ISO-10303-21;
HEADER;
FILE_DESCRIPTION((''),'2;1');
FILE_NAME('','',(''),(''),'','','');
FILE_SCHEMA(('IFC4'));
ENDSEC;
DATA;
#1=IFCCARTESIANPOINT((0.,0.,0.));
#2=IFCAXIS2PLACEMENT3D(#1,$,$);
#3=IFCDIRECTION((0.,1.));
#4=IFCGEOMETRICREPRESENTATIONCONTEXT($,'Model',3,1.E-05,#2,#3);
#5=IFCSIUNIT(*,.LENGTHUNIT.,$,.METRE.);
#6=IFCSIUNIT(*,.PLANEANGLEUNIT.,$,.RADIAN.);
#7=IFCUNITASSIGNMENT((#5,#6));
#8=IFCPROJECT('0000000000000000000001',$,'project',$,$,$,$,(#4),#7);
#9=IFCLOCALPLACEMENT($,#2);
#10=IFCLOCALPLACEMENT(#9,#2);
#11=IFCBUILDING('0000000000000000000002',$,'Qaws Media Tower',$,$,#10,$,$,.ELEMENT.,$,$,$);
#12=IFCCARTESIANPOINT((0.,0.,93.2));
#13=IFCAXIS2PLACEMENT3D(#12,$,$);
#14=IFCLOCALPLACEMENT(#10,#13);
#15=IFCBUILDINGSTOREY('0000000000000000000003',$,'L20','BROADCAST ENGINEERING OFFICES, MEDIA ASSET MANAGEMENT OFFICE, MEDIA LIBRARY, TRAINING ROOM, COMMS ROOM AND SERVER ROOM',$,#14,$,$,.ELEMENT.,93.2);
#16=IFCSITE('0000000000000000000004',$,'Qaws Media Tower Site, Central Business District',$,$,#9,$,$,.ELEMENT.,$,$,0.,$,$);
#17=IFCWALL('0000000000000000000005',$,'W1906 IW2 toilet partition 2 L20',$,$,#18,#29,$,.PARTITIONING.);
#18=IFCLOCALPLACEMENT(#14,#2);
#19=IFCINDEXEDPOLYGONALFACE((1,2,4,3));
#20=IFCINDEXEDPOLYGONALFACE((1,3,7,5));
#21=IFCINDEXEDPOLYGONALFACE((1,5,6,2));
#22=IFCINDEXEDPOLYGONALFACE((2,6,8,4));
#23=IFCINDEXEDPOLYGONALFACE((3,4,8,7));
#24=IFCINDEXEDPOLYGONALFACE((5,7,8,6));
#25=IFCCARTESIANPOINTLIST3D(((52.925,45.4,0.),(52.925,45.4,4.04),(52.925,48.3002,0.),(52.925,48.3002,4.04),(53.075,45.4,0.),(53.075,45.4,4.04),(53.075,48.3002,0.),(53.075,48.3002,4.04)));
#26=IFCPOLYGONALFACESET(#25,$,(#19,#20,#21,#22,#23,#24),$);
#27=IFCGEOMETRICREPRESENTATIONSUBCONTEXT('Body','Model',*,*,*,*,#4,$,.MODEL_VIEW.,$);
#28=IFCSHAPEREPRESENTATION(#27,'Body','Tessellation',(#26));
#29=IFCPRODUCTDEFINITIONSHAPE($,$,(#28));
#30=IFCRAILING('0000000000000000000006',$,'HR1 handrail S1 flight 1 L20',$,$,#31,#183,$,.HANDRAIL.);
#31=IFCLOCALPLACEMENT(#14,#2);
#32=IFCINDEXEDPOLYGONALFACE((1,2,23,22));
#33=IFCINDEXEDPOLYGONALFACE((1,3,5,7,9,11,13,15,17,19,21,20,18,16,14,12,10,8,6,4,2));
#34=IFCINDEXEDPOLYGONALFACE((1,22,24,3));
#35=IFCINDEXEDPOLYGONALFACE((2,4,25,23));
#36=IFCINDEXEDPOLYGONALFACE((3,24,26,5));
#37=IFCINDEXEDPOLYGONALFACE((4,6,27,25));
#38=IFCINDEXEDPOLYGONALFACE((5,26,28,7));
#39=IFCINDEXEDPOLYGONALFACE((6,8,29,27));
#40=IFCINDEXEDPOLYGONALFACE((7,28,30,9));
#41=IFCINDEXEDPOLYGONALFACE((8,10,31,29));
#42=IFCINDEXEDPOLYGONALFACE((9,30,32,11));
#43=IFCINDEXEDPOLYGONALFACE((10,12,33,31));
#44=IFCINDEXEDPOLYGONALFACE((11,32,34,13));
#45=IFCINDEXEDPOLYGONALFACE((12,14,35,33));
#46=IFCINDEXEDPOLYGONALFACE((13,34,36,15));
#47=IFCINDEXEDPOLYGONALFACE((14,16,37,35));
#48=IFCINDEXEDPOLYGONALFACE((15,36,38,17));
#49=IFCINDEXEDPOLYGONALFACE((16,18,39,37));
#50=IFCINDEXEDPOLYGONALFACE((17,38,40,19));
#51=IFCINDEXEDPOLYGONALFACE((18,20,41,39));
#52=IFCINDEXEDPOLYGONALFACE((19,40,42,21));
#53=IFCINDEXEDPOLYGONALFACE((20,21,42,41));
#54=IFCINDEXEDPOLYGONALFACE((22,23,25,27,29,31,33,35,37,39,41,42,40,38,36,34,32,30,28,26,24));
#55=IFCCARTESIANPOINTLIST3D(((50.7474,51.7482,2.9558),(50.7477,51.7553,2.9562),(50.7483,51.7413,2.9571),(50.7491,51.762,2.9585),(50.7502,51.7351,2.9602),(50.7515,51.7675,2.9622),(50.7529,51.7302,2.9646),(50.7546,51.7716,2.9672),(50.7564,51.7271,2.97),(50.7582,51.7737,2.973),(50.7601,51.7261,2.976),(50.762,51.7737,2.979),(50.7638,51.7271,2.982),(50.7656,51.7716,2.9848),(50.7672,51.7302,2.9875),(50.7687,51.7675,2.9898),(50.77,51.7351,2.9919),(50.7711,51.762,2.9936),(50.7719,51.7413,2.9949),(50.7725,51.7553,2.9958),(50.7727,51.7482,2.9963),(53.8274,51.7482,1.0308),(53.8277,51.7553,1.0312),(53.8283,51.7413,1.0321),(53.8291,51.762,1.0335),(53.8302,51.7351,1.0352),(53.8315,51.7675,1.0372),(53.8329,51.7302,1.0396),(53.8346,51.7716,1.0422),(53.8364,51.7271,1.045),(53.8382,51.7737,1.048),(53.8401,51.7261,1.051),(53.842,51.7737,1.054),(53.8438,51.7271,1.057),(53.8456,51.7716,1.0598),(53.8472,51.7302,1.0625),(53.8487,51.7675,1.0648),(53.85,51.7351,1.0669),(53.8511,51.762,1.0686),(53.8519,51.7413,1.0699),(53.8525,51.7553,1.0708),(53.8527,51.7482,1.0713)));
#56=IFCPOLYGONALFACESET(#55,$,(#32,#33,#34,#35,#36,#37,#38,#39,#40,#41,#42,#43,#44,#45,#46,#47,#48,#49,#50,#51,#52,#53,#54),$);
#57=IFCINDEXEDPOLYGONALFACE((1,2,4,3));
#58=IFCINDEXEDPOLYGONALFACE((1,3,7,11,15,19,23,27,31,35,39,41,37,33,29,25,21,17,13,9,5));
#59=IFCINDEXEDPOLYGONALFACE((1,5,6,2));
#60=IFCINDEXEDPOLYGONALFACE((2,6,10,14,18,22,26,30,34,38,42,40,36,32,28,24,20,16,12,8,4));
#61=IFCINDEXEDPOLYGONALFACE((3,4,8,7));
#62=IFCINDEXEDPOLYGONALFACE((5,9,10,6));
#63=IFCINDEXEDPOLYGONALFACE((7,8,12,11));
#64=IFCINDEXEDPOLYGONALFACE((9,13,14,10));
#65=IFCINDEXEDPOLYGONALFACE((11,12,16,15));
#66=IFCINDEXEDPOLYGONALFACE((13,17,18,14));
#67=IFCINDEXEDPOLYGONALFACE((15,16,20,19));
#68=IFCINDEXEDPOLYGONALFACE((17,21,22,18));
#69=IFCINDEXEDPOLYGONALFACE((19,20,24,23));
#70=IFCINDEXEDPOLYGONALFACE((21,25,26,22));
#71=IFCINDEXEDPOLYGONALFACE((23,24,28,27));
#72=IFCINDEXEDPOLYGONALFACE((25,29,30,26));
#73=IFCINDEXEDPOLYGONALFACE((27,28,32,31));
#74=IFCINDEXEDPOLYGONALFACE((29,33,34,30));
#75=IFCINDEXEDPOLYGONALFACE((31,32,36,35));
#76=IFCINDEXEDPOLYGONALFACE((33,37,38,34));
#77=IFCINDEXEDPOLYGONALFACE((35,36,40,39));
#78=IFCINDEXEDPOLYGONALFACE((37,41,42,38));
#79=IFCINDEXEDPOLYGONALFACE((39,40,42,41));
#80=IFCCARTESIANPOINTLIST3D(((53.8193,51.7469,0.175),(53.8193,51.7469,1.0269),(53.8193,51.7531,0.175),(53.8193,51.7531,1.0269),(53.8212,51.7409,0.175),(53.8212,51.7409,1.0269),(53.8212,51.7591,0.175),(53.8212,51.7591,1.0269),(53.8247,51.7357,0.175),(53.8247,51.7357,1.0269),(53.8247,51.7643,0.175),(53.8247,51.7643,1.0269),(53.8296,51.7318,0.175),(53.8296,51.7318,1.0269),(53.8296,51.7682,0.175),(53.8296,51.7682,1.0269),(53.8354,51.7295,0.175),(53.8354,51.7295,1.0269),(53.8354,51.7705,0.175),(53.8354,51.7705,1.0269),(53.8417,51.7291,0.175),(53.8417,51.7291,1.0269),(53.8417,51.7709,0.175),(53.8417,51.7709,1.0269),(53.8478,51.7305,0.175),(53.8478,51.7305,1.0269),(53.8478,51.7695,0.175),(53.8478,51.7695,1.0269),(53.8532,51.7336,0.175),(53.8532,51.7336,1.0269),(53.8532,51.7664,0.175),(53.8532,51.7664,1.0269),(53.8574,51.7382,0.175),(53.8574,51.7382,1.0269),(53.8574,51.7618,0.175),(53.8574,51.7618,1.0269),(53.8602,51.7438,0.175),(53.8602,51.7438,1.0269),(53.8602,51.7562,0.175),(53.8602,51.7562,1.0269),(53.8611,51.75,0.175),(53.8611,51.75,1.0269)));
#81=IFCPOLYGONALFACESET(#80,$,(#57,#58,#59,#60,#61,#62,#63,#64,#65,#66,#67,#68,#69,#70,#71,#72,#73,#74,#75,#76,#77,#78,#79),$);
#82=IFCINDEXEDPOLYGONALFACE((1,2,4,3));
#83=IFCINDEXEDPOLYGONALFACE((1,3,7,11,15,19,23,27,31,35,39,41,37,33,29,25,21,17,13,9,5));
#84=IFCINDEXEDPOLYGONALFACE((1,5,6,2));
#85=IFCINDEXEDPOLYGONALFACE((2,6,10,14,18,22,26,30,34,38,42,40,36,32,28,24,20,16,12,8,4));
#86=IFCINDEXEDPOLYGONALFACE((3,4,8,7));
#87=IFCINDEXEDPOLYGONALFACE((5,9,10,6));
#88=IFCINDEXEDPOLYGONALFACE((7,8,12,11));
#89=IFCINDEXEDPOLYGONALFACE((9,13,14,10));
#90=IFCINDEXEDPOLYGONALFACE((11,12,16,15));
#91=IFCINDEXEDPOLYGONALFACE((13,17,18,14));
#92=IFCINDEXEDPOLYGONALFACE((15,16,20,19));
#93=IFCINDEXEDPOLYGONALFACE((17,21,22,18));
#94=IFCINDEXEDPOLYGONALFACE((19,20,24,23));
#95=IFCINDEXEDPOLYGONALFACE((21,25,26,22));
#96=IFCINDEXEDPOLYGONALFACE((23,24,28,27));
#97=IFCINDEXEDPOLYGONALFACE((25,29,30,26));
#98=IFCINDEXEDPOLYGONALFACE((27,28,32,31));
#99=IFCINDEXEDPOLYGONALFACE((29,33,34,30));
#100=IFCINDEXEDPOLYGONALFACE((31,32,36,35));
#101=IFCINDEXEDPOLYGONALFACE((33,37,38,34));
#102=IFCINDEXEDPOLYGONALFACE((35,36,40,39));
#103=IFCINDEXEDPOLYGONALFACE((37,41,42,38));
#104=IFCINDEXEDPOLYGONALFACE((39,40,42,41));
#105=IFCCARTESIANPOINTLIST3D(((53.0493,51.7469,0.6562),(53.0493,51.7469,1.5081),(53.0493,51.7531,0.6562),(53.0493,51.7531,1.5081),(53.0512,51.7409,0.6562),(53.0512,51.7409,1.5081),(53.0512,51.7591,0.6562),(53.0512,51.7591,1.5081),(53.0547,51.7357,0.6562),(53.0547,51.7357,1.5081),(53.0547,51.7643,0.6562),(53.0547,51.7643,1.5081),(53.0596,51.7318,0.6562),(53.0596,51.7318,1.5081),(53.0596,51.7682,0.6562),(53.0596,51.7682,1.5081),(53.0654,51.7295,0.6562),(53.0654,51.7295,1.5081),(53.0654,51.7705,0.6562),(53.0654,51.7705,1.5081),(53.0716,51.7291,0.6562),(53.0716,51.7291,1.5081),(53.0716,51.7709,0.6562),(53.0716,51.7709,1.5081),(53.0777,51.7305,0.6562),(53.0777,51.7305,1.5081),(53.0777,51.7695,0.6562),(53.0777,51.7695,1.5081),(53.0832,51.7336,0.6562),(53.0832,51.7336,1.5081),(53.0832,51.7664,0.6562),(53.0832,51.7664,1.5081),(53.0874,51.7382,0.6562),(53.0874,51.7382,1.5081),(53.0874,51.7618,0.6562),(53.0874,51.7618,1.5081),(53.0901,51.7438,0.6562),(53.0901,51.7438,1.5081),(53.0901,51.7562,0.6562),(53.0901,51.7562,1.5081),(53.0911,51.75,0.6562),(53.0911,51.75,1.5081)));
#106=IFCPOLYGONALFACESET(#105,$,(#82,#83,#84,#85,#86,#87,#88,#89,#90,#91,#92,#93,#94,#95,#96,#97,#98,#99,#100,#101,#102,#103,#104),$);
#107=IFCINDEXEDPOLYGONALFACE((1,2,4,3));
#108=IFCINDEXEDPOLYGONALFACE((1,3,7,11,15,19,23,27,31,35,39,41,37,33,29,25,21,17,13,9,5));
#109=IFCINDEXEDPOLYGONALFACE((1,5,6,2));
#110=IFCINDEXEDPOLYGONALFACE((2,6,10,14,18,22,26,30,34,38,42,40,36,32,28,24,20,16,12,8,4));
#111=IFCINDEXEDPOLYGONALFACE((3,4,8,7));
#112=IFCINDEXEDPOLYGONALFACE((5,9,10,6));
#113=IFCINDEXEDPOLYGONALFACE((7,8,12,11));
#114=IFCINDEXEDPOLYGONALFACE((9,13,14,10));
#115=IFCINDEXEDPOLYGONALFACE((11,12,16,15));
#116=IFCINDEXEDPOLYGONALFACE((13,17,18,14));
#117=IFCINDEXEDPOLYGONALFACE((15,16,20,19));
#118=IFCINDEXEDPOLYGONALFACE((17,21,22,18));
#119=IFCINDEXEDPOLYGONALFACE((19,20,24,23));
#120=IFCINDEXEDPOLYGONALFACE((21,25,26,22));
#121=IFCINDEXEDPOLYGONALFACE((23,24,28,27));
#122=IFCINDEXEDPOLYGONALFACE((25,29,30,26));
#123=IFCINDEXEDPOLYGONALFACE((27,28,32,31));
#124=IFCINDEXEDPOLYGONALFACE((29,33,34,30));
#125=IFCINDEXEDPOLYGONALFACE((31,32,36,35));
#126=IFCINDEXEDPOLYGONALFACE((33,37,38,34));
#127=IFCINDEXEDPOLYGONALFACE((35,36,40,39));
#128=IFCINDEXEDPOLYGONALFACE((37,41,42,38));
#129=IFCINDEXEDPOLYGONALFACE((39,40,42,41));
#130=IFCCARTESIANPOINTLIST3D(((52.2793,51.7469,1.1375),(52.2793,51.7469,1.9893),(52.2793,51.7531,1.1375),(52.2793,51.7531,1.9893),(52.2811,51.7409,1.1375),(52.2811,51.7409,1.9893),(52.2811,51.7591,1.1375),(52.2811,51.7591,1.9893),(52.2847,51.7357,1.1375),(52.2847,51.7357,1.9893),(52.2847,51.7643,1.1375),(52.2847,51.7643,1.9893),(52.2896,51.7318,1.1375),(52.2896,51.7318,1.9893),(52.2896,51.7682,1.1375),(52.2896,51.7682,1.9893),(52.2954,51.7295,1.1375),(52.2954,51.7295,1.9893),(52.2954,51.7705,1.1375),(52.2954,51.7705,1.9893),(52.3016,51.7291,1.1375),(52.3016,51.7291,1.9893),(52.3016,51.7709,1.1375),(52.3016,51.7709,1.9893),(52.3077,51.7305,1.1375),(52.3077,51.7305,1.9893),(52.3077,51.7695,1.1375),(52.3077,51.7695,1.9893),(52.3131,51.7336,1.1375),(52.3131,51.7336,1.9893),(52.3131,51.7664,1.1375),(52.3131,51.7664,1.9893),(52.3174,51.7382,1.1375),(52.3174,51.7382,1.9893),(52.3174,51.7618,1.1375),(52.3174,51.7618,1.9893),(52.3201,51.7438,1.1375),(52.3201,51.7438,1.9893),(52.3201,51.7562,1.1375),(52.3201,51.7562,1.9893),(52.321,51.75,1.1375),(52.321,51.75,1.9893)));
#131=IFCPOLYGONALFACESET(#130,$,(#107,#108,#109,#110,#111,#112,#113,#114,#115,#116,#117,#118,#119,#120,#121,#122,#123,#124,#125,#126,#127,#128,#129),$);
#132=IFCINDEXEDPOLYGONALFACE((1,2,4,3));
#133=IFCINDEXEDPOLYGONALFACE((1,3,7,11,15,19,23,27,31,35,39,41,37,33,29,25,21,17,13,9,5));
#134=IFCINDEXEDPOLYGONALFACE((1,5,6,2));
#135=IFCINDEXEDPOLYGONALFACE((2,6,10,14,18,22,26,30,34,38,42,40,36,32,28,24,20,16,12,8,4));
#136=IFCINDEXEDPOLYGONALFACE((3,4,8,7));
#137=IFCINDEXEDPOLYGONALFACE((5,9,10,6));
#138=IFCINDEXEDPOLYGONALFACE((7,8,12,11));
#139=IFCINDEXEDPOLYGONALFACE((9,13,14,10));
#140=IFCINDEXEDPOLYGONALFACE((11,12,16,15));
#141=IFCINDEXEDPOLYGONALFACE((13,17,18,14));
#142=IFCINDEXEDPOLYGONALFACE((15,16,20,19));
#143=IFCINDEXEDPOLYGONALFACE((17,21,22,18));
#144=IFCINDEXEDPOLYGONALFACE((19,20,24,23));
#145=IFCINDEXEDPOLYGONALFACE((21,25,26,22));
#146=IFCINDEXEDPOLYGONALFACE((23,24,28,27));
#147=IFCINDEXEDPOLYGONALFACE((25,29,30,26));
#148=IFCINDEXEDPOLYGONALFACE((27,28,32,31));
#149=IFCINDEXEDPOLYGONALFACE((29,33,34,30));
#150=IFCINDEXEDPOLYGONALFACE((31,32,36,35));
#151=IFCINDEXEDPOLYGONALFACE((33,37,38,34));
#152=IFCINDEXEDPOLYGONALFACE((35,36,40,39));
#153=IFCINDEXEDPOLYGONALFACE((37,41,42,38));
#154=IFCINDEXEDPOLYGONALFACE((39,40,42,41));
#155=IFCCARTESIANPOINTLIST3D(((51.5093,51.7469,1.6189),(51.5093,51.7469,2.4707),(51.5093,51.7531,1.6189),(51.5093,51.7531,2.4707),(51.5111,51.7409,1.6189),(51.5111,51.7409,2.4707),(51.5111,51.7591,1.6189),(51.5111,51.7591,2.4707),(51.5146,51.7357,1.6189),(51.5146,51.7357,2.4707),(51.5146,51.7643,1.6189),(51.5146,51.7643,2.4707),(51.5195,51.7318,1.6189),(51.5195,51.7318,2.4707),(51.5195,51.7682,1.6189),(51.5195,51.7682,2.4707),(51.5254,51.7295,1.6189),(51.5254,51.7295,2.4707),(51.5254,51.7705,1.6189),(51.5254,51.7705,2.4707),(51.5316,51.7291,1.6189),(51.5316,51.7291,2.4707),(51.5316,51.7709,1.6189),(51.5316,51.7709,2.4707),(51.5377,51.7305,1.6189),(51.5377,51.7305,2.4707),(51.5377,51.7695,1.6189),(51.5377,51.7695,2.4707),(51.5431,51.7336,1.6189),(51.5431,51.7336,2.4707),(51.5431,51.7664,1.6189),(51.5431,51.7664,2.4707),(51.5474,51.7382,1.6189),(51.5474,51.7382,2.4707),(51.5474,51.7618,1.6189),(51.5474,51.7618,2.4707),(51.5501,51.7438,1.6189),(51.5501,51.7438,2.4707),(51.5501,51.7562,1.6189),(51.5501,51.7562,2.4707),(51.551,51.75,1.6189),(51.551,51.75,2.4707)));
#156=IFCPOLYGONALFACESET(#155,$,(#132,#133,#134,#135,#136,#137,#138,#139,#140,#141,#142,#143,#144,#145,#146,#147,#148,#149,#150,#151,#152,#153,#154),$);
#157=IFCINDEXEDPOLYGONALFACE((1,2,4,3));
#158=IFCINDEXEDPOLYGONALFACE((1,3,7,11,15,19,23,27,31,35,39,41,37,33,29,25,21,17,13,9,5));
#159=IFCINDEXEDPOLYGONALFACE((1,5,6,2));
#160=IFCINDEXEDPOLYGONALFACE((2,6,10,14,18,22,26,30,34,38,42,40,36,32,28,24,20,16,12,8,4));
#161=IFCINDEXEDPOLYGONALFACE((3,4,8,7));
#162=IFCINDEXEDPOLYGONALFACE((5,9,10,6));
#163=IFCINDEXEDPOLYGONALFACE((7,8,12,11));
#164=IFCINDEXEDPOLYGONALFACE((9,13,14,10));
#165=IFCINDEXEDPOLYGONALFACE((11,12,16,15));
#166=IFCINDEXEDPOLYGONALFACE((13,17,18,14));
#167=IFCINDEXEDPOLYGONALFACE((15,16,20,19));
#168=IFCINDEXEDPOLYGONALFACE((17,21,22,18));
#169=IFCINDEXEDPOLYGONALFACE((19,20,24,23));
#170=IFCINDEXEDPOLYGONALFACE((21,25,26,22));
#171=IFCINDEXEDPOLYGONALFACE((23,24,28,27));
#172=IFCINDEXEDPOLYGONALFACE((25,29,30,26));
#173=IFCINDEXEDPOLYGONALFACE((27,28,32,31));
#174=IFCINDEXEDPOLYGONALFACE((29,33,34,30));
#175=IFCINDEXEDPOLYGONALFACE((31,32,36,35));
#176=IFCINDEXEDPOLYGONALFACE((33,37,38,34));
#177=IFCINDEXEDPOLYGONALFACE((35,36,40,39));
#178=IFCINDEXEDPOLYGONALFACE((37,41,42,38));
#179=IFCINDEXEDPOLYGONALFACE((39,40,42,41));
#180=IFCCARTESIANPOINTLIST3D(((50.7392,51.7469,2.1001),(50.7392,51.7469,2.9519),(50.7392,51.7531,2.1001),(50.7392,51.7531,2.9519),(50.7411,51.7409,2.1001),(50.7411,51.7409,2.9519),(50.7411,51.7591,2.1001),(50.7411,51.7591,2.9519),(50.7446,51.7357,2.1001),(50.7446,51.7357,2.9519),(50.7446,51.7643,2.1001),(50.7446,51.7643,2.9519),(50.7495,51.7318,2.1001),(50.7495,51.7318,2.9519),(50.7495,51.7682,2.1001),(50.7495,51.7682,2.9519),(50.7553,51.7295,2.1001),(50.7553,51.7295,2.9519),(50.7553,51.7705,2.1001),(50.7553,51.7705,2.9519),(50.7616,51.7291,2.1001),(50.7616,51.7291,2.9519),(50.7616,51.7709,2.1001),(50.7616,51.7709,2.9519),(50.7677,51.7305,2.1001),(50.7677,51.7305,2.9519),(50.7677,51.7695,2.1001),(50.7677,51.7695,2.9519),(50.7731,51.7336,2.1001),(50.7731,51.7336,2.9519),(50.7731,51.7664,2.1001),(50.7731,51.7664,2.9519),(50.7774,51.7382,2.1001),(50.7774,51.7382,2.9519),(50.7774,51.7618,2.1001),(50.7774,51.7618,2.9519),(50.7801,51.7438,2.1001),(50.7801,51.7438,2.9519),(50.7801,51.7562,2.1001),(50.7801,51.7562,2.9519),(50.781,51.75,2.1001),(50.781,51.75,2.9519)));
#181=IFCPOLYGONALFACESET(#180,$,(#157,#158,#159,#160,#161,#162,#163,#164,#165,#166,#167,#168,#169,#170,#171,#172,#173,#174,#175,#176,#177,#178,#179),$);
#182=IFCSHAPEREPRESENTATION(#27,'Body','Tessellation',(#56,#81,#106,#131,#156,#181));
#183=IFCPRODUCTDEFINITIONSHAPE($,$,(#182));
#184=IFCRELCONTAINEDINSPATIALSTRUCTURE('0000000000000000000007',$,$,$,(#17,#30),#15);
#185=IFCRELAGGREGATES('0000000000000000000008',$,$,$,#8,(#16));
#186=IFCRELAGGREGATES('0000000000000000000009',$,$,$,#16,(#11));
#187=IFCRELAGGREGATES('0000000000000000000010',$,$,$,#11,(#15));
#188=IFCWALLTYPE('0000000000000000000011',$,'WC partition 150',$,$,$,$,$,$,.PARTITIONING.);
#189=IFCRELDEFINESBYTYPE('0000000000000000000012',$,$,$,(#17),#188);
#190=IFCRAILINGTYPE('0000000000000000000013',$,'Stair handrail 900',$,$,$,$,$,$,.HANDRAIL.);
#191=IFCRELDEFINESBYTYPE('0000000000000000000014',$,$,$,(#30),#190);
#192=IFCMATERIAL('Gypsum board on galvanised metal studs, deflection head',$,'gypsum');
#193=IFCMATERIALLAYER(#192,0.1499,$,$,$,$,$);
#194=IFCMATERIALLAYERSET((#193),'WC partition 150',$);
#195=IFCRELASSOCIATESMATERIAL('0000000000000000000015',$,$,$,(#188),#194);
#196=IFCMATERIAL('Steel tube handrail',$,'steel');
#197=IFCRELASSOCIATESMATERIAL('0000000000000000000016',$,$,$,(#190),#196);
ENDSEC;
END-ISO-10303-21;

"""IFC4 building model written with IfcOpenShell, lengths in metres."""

from ifc_helpers import new_model, si_unit, direction, frame, frame_2d, origin, origin_2d, place, context, subcontext, project, spatial, rectangle, circle, extrude, material, layer, layer_set, type_object, element, save


model = new_model("IFC4")

# Units and contexts
model_context = context("Model", 3, precision=1e-05, world=origin(), true_north=direction((0.0, 1.0)))
body_context = subcontext(model_context, "Body", "Model", "MODEL_VIEW")
ifc_project = project(units=[si_unit("LENGTHUNIT", "METRE"), si_unit("PLANEANGLEUNIT", "RADIAN")], contexts=[model_context])

# Site, building, storey
site_placement = place(None, origin())
site = spatial("IfcSite", under=ifc_project, at=site_placement, Name="Qaws Media Tower Site, Central Business District", CompositionType="ELEMENT", RefElevation=0.0)
building_placement = place(site_placement, origin())
building = spatial("IfcBuilding", under=site, at=building_placement, Name="Qaws Media Tower", CompositionType="ELEMENT")
storey_placement = place(building_placement, frame((0.0, 0.0, 93.2)))
storey = spatial("IfcBuildingStorey", under=building, at=storey_placement, Name="L20", Description="BROADCAST ENGINEERING OFFICES, MEDIA ASSET MANAGEMENT OFFICE, MEDIA LIBRARY, TRAINING ROOM, COMMS ROOM AND SERVER ROOM", CompositionType="ELEMENT", Elevation=93.2)

# Wall
ifc_material_1 = material(Name="Gypsum board on galvanised metal studs, deflection head", Category="gypsum")
ifc_layer_1 = layer(ifc_material_1, 0.1499)
ifc_layer_set_1 = layer_set([ifc_layer_1], Name="WC partition 150")
wall_type_1 = type_object("IfcWallType", Name="WC partition 150", PredefinedType="PARTITIONING", material=ifc_layer_set_1)
for number, where, z_axis, x_axis, name in (
    (1, (53.0, 45.3999, 0.0), (0.0, 0.0, 1.0), (0.0, 1.0, 0.0), "W1906 IW2 toilet partition 2 L20"),
):
    element("IfcWall", number, at=place(storey_placement, frame(where, z_axis=z_axis, x_axis=x_axis)), inside=storey, type_object=wall_type_1, Name=name, PredefinedType="PARTITIONING", context=body_context, shape_type="SweptSolid", body=[
        extrude(rectangle(XDim=2.9001, YDim=0.1499, at=frame_2d((1.4502, 0.0))), origin(), (0.0, 0.0, 1.0), 4.04),
    ])

# Railing
ifc_material_2 = material(Name="Steel tube handrail", Category="steel")
railing_type = type_object("IfcRailingType", Name="Stair handrail 900", PredefinedType="HANDRAIL", material=ifc_material_2)
railing_placement = place(storey_placement, frame((53.8401, 51.75, 0.175)))
element("IfcRailing", 2, at=railing_placement, inside=storey, type_object=railing_type, Name="HR1 handrail S1 flight 1 L20", PredefinedType="HANDRAIL", context=body_context, shape_type="SweptSolid", body=[
    extrude(circle(Radius=0.0239, at=origin_2d()), frame((0.0, 0.0, 0.876), z_axis=(-0.847998, 0.0, 0.529999), x_axis=(0.0, -1.0, 0.0)), (0.0, 0.0, 1.0), 3.6321),
    extrude(circle(Radius=0.021, at=origin_2d()), origin(), (0.0, 0.0, 1.0), 0.8518),
    extrude(circle(Radius=0.021, at=origin_2d()), frame((-0.77, 0.0, 0.4812)), (0.0, 0.0, 1.0), 0.8518),
    extrude(circle(Radius=0.021, at=origin_2d()), frame((-1.54, 0.0, 0.9624)), (0.0, 0.0, 1.0), 0.8518),
    extrude(circle(Radius=0.021, at=origin_2d()), frame((-2.3101, 0.0, 1.4438)), (0.0, 0.0, 1.0), 0.8518),
    extrude(circle(Radius=0.021, at=origin_2d()), frame((-3.0801, 0.0, 1.925)), (0.0, 0.0, 1.0), 0.8518),
])

save(model, "model.ifc")
